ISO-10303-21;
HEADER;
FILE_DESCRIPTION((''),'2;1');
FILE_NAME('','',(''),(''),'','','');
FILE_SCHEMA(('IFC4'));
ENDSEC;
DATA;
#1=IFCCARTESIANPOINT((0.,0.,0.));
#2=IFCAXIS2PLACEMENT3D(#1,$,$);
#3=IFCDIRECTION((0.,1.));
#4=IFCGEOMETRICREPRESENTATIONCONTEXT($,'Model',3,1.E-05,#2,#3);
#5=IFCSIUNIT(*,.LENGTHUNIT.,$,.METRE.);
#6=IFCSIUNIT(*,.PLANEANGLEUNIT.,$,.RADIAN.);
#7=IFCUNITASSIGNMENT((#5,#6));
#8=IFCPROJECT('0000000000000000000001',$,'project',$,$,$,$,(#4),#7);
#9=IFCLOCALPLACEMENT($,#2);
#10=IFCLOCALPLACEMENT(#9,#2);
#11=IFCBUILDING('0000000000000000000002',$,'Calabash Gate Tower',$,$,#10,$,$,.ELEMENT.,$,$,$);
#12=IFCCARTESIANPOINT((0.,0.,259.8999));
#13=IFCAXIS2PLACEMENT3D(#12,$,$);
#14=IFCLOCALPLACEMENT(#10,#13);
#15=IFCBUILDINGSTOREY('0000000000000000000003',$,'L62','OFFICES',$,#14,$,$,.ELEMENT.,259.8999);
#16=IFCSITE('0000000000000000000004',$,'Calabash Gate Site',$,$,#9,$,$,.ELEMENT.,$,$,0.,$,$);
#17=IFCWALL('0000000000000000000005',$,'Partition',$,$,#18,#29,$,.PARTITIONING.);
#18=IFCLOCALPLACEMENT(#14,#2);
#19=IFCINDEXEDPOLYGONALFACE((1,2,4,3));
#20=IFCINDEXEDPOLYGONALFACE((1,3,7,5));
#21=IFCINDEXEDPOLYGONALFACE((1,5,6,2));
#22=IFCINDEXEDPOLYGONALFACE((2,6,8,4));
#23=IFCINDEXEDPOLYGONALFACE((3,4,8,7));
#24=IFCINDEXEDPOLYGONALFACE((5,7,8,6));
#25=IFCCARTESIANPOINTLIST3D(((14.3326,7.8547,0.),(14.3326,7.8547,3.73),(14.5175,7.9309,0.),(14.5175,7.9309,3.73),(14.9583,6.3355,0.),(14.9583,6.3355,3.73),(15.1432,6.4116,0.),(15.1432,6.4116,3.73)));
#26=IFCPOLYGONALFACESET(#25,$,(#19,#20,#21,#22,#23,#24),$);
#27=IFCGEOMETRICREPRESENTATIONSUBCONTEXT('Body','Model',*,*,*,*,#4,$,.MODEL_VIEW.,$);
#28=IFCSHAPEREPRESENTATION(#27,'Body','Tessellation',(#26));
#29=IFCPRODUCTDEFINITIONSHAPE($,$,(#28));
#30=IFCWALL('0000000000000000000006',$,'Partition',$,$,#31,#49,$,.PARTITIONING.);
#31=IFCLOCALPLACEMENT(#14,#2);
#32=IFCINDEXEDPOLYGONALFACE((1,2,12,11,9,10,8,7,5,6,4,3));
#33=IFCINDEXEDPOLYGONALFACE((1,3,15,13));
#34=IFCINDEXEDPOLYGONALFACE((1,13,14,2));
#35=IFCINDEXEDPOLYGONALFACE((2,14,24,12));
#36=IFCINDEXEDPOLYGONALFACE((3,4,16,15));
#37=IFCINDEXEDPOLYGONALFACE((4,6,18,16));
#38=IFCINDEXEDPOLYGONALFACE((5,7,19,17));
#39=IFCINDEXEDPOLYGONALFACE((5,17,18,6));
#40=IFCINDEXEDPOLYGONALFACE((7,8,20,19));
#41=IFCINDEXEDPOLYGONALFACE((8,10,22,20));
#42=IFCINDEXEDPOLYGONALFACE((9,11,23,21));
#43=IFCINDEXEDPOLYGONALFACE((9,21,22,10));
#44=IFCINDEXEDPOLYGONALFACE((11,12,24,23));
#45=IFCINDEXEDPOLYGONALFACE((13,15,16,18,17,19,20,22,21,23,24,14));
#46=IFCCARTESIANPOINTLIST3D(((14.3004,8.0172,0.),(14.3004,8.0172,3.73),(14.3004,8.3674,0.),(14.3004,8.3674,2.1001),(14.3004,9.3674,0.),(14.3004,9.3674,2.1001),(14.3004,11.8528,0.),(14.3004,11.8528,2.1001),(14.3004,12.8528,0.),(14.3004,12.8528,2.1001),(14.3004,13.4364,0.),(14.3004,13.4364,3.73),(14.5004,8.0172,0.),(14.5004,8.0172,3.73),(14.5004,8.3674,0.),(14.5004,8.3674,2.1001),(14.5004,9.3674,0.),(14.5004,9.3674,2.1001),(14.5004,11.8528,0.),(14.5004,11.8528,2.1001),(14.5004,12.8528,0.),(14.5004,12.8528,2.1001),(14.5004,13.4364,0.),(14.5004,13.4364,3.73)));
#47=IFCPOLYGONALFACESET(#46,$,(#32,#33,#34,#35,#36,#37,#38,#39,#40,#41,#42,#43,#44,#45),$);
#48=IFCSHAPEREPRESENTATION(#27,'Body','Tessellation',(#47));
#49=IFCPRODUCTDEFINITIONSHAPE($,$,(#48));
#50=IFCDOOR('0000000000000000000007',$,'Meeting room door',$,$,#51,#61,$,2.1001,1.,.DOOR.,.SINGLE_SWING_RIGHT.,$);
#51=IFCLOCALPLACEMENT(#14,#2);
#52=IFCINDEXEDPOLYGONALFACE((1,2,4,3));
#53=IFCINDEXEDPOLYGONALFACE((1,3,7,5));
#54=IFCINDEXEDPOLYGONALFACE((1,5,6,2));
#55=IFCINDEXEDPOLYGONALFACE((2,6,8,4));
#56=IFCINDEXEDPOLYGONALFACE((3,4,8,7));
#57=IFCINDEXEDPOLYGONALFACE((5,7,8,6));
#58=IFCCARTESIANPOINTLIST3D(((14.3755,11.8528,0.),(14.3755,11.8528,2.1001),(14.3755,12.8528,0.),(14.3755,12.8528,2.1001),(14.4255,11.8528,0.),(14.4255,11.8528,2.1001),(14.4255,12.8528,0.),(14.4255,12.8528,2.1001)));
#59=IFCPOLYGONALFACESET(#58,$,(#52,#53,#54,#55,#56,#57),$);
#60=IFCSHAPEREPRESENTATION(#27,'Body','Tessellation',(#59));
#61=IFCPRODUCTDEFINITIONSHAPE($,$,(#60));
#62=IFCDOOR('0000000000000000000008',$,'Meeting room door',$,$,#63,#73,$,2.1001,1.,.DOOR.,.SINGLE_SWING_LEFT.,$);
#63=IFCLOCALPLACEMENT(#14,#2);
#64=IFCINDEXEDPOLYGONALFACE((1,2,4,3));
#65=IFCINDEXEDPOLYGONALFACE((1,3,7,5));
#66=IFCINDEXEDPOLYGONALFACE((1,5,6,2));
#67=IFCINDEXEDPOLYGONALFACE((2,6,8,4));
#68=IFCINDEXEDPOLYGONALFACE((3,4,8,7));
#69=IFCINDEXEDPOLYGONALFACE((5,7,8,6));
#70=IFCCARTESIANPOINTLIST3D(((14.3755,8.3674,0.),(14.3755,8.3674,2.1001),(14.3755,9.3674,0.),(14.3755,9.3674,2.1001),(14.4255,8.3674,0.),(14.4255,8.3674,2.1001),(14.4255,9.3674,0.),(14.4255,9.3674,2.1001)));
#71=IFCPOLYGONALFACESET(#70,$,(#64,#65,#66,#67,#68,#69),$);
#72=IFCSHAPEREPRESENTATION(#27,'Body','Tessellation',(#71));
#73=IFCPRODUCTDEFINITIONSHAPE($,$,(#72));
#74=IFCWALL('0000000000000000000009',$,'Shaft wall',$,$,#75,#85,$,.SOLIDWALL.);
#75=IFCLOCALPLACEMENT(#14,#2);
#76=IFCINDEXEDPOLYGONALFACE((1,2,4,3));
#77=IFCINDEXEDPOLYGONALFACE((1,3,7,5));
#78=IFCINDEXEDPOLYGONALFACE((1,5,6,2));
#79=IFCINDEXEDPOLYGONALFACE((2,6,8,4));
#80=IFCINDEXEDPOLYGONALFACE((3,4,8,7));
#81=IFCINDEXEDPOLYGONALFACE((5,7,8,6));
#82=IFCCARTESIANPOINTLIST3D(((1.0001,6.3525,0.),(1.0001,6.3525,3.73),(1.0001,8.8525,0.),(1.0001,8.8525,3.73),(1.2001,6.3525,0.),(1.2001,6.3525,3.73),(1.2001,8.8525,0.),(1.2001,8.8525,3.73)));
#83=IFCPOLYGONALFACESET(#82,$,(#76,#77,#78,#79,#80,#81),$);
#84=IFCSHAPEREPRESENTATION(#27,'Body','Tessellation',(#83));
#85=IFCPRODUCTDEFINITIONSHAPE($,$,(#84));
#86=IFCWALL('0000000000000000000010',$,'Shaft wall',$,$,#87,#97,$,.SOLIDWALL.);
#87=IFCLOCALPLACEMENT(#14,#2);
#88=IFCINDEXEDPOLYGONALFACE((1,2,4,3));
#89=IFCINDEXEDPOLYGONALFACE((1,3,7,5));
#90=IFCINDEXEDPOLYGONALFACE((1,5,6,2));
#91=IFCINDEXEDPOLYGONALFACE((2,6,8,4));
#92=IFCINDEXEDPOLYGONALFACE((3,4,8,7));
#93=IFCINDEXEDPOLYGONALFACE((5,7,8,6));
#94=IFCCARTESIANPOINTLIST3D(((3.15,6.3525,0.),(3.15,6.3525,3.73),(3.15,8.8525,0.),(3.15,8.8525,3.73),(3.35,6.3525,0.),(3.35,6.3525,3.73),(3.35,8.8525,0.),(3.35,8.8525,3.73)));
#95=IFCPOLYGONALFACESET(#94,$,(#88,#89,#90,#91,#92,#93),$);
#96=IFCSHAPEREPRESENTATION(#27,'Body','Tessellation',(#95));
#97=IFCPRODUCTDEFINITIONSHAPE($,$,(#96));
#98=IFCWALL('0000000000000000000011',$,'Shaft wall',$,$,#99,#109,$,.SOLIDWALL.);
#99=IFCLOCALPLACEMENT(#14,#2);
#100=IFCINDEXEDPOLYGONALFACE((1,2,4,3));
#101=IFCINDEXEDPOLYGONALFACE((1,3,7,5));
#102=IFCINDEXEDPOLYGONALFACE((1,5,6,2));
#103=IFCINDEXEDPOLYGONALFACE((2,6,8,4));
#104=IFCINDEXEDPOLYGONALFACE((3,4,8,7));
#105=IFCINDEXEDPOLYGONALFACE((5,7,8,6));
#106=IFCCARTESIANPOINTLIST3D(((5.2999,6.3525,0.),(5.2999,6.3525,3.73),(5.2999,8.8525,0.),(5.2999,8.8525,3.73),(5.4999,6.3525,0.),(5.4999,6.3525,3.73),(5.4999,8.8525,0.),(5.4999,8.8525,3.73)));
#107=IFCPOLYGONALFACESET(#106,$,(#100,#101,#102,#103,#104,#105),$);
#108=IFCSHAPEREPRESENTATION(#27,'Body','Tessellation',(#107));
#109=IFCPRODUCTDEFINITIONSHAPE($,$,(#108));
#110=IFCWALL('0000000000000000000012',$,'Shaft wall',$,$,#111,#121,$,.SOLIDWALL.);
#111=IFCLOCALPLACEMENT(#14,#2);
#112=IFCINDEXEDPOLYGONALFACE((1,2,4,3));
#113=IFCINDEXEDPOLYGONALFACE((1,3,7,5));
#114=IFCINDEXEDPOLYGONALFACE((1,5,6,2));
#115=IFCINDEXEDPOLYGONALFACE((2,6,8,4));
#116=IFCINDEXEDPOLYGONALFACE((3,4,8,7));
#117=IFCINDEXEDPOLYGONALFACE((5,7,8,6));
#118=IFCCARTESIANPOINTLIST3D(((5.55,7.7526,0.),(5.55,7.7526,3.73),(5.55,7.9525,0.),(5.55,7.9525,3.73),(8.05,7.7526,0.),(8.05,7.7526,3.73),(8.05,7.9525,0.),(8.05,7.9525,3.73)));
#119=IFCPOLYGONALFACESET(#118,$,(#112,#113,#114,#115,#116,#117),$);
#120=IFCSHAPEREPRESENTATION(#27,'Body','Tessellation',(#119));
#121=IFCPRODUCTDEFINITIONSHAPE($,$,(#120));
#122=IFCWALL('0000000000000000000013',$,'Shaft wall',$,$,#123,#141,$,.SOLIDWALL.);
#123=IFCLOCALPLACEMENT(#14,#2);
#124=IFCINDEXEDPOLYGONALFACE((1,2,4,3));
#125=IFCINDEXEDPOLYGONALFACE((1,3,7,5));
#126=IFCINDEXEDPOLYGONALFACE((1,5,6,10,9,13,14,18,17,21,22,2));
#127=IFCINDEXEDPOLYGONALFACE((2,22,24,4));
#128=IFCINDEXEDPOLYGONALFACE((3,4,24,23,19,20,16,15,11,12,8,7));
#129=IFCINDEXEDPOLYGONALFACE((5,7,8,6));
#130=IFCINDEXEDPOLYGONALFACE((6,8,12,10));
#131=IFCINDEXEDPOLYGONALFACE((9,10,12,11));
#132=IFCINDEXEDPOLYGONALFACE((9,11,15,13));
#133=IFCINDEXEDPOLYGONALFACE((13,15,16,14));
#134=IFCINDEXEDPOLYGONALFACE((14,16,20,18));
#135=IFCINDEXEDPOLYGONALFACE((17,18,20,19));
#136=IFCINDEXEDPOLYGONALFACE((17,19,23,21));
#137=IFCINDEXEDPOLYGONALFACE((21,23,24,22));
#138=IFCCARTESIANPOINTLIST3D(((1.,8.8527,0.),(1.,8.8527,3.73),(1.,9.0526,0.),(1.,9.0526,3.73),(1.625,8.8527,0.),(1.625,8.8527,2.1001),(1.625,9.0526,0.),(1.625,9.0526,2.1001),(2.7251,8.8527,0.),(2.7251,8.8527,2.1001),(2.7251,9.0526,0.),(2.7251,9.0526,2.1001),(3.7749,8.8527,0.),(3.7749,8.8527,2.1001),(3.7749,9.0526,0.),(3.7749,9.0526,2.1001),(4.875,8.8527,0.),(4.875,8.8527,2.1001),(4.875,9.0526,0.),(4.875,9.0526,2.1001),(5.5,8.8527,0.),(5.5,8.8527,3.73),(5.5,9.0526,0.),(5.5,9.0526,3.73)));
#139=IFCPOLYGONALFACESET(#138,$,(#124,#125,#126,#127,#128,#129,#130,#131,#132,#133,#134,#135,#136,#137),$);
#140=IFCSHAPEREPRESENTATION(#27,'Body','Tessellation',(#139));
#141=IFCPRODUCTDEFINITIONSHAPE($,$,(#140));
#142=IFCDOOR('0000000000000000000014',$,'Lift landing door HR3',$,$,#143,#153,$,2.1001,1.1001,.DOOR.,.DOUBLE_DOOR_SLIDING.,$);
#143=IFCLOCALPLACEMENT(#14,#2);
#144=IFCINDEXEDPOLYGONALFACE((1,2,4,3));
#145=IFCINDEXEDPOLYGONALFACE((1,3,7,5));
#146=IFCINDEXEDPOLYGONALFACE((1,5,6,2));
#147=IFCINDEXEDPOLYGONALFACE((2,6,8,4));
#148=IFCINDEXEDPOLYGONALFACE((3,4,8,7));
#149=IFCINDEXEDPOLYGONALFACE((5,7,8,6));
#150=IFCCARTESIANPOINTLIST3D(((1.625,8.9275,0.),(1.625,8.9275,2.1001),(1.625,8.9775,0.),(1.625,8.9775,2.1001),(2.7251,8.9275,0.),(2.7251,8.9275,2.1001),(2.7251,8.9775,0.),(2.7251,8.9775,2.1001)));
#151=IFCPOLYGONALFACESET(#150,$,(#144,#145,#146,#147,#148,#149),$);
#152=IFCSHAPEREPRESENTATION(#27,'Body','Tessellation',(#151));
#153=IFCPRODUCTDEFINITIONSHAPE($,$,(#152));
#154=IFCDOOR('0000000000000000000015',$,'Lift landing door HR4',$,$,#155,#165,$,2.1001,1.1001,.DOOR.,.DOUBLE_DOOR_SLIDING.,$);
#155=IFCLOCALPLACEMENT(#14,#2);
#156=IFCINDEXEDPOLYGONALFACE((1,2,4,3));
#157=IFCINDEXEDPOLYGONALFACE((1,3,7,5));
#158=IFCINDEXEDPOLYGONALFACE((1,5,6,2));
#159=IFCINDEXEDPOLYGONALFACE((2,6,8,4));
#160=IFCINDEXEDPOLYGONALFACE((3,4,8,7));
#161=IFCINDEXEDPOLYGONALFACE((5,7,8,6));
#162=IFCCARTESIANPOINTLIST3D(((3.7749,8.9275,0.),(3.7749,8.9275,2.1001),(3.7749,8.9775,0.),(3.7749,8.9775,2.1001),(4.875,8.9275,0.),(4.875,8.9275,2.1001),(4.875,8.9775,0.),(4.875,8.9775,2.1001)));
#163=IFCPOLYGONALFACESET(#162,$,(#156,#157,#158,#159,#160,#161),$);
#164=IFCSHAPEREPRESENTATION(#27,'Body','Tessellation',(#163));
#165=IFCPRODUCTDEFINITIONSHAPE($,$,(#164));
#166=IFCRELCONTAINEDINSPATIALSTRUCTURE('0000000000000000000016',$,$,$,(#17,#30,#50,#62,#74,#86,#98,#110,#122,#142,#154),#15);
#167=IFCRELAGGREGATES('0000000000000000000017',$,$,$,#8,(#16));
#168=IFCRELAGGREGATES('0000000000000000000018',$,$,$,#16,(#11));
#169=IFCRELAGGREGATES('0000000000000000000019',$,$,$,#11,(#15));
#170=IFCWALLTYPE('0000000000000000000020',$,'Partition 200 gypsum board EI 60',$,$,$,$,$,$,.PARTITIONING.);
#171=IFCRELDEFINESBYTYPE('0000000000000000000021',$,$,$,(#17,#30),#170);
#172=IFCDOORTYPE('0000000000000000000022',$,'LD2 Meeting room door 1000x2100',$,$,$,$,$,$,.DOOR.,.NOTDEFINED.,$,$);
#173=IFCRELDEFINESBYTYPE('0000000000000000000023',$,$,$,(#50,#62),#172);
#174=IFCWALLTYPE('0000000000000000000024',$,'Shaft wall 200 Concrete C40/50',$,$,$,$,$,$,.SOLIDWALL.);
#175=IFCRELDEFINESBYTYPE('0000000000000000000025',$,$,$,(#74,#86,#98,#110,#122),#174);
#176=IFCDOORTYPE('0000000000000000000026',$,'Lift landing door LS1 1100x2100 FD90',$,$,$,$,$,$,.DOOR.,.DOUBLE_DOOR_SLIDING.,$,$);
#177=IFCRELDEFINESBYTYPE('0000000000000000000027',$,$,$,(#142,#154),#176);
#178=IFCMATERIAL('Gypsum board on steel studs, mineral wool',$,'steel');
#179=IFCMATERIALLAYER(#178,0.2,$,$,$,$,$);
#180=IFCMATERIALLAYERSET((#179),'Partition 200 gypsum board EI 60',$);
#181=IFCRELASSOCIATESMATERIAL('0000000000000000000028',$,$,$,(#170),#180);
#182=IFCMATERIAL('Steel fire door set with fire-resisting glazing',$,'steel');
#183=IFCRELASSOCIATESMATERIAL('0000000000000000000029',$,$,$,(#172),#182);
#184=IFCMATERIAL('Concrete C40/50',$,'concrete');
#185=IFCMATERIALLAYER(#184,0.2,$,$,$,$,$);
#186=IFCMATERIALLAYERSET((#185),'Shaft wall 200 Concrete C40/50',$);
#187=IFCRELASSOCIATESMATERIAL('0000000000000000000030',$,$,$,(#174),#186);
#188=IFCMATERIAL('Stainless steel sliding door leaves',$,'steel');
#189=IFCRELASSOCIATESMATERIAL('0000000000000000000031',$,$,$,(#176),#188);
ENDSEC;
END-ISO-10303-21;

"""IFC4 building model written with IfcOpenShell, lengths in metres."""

from ifc_helpers import new_model, si_unit, direction, frame, frame_2d, origin, place, context, subcontext, project, spatial, rectangle, extrude, material, layer, layer_set, type_object, element, fill, save


model = new_model("IFC4")

# Units and contexts
model_context = context("Model", 3, precision=1e-05, world=origin(), true_north=direction((0.0, 1.0)))
body_context = subcontext(model_context, "Body", "Model", "MODEL_VIEW")
ifc_project = project(units=[si_unit("LENGTHUNIT", "METRE"), si_unit("PLANEANGLEUNIT", "RADIAN")], contexts=[model_context])

# Site, building, storey
site_placement = place(None, origin())
site = spatial("IfcSite", under=ifc_project, at=site_placement, Name="Calabash Gate Site", CompositionType="ELEMENT", RefElevation=0.0)
building_placement = place(site_placement, origin())
building = spatial("IfcBuilding", under=site, at=building_placement, Name="Calabash Gate Tower", CompositionType="ELEMENT")
storey_placement = place(building_placement, frame((0.0, 0.0, 259.8999)))
storey = spatial("IfcBuildingStorey", under=building, at=storey_placement, Name="L62", Description="OFFICES", CompositionType="ELEMENT", Elevation=259.8999)

# Wall
ifc_material_1 = material(Name="Gypsum board on steel studs, mineral wool", Category="steel")
ifc_layer_1 = layer(ifc_material_1, 0.2)
ifc_layer_set_1 = layer_set([ifc_layer_1], Name="Partition 200 gypsum board EI 60")
wall_type_1 = type_object("IfcWallType", Name="Partition 200 gypsum board EI 60", PredefinedType="PARTITIONING", material=ifc_layer_set_1)
wall_1_placement = place(storey_placement, frame((14.425, 7.8928, 0.0), z_axis=(0.0, 0.0, 1.0), x_axis=(0.380825, -0.924647, 0.0)))
element("IfcWall", 1, at=wall_1_placement, inside=storey, type_object=wall_type_1, Name="Partition", PredefinedType="PARTITIONING", context=body_context, shape_type="SweptSolid", body=[
    extrude(rectangle(XDim=1.6431, YDim=0.2, at=frame_2d((0.8215, 0.0))), origin(), (0.0, 0.0, 1.0), 3.73),
])

# Wall, openings, doors
wall_2_placement = place(storey_placement, frame((14.4004, 8.0173, 0.0), z_axis=(0.0, 0.0, 1.0), x_axis=(0.0, 1.0, 0.0)))
wall_2 = element("IfcWall", 2, at=wall_2_placement, inside=storey, type_object=wall_type_1, Name="Partition", PredefinedType="PARTITIONING", context=body_context, shape_type="SweptSolid", body=[
    extrude(rectangle(XDim=5.4192, YDim=0.2, at=frame_2d((2.7095, 0.0))), origin(), (0.0, 0.0, 1.0), 3.73),
])
opening_1_placement = place(wall_2_placement, frame((3.8354, 0.0, 0.0)))
opening_1 = element("IfcOpeningElement", 3, at=opening_1_placement, cuts=wall_2, PredefinedType="OPENING", context=body_context, shape_type="SweptSolid", body=[
    extrude(rectangle(XDim=1.0, YDim=2.1001, at=frame_2d((0.5, 1.05))), frame((0.0, 0.1099, 0.0), z_axis=(0.0, -1.0, 0.0), x_axis=(1.0, 0.0, 0.0)), (0.0, 0.0, 1.0), 0.22),
])
opening_2_placement = place(wall_2_placement, frame((0.3501, 0.0, 0.0)))
opening_2 = element("IfcOpeningElement", 4, at=opening_2_placement, cuts=wall_2, PredefinedType="OPENING", context=body_context, shape_type="SweptSolid", body=[
    extrude(rectangle(XDim=1.0, YDim=2.1001, at=frame_2d((0.5, 1.05))), frame((0.0, 0.1099, 0.0), z_axis=(0.0, -1.0, 0.0), x_axis=(1.0, 0.0, 0.0)), (0.0, 0.0, 1.0), 0.22),
])
ifc_material_2 = material(Name="Steel fire door set with fire-resisting glazing", Category="steel")
door_type_1 = type_object("IfcDoorType", Name="LD2 Meeting room door 1000x2100", OperationType="NOTDEFINED", PredefinedType="DOOR", material=ifc_material_2)
door_1_placement = place(opening_1_placement, origin())
door_1 = element("IfcDoor", 5, at=door_1_placement, inside=storey, type_object=door_type_1, Name="Meeting room door", OperationType="SINGLE_SWING_RIGHT", OverallHeight=2.1001, OverallWidth=1.0, PredefinedType="DOOR", context=body_context, shape_type="SweptSolid", body=[
    extrude(rectangle(XDim=1.0, YDim=2.1001, at=frame_2d((0.5, 1.05))), frame((0.0, 0.0249, 0.0), z_axis=(0.0, -1.0, 0.0), x_axis=(1.0, 0.0, 0.0)), (0.0, 0.0, 1.0), 0.05),
])
fill(opening_1, door_1)
door_2_placement = place(opening_2_placement, origin())
door_2 = element("IfcDoor", 6, at=door_2_placement, inside=storey, type_object=door_type_1, Name="Meeting room door", OperationType="SINGLE_SWING_LEFT", OverallHeight=2.1001, OverallWidth=1.0, PredefinedType="DOOR", context=body_context, shape_type="SweptSolid", body=[
    extrude(rectangle(XDim=1.0, YDim=2.1001, at=frame_2d((0.5, 1.05))), frame((0.0, 0.0249, 0.0), z_axis=(0.0, -1.0, 0.0), x_axis=(1.0, 0.0, 0.0)), (0.0, 0.0, 1.0), 0.05),
])
fill(opening_2, door_2)

# Walls
ifc_material_3 = material(Name="Concrete C40/50", Category="concrete")
ifc_layer_2 = layer(ifc_material_3, 0.2)
ifc_layer_set_2 = layer_set([ifc_layer_2], Name="Shaft wall 200 Concrete C40/50")
wall_type_2 = type_object("IfcWallType", Name="Shaft wall 200 Concrete C40/50", PredefinedType="SOLIDWALL", material=ifc_layer_set_2)
for number, where, z_axis, x_axis, name in (
    (7, (1.1001, 6.3525, 0.0), (0.0, 0.0, 1.0), (0.0, 1.0, 0.0), "Shaft wall"),
    (8, (3.25, 6.3525, 0.0), (0.0, 0.0, 1.0), (0.0, 1.0, 0.0), "Shaft wall"),
    (9, (5.3999, 6.3525, 0.0), (0.0, 0.0, 1.0), (0.0, 1.0, 0.0), "Shaft wall"),
    (10, (5.55, 7.8525, 0.0), (0.0, 0.0, 1.0), (1.0, 0.0, 0.0), "Shaft wall"),
):
    element("IfcWall", number, at=place(storey_placement, frame(where, z_axis=z_axis, x_axis=x_axis)), inside=storey, type_object=wall_type_2, Name=name, PredefinedType="SOLIDWALL", context=body_context, shape_type="SweptSolid", body=[
        extrude(rectangle(XDim=2.5, YDim=0.2, at=frame_2d((1.25, 0.0))), origin(), (0.0, 0.0, 1.0), 3.73),
    ])

# Wall, openings, doors
wall_3_placement = place(storey_placement, frame((1.0, 8.9526, 0.0), z_axis=(0.0, 0.0, 1.0), x_axis=(1.0, 0.0, 0.0)))
wall_3 = element("IfcWall", 11, at=wall_3_placement, inside=storey, type_object=wall_type_2, Name="Shaft wall", PredefinedType="SOLIDWALL", context=body_context, shape_type="SweptSolid", body=[
    extrude(rectangle(XDim=4.5, YDim=0.2, at=frame_2d((2.25, 0.0))), origin(), (0.0, 0.0, 1.0), 3.73),
])
opening_3_placement = place(wall_3_placement, frame((0.625, 0.0, 0.0)))
opening_3 = element("IfcOpeningElement", 12, at=opening_3_placement, cuts=wall_3, PredefinedType="OPENING", context=body_context, shape_type="SweptSolid", body=[
    extrude(rectangle(XDim=1.1001, YDim=2.1001, at=frame_2d((0.55, 1.05))), frame((0.0, 0.1099, 0.0), z_axis=(0.0, -1.0, 0.0), x_axis=(1.0, 0.0, 0.0)), (0.0, 0.0, 1.0), 0.22),
])
opening_4_placement = place(wall_3_placement, frame((2.7749, 0.0, 0.0)))
opening_4 = element("IfcOpeningElement", 13, at=opening_4_placement, cuts=wall_3, PredefinedType="OPENING", context=body_context, shape_type="SweptSolid", body=[
    extrude(rectangle(XDim=1.1001, YDim=2.1001, at=frame_2d((0.55, 1.05))), frame((0.0, 0.1099, 0.0), z_axis=(0.0, -1.0, 0.0), x_axis=(1.0, 0.0, 0.0)), (0.0, 0.0, 1.0), 0.22),
])
ifc_material_4 = material(Name="Stainless steel sliding door leaves", Category="steel")
door_type_2 = type_object("IfcDoorType", Name="Lift landing door LS1 1100x2100 FD90", OperationType="DOUBLE_DOOR_SLIDING", PredefinedType="DOOR", material=ifc_material_4)
door_3_placement = place(opening_3_placement, origin())
door_3 = element("IfcDoor", 14, at=door_3_placement, inside=storey, type_object=door_type_2, Name="Lift landing door HR3", OperationType="DOUBLE_DOOR_SLIDING", OverallHeight=2.1001, OverallWidth=1.1001, PredefinedType="DOOR", context=body_context, shape_type="SweptSolid", body=[
    extrude(rectangle(XDim=1.1001, YDim=2.1001, at=frame_2d((0.55, 1.05))), frame((0.0, 0.0249, 0.0), z_axis=(0.0, -1.0, 0.0), x_axis=(1.0, 0.0, 0.0)), (0.0, 0.0, 1.0), 0.05),
])
fill(opening_3, door_3)
door_4_placement = place(opening_4_placement, origin())
door_4 = element("IfcDoor", 15, at=door_4_placement, inside=storey, type_object=door_type_2, Name="Lift landing door HR4", OperationType="DOUBLE_DOOR_SLIDING", OverallHeight=2.1001, OverallWidth=1.1001, PredefinedType="DOOR", context=body_context, shape_type="SweptSolid", body=[
    extrude(rectangle(XDim=1.1001, YDim=2.1001, at=frame_2d((0.55, 1.05))), frame((0.0, 0.0249, 0.0), z_axis=(0.0, -1.0, 0.0), x_axis=(1.0, 0.0, 0.0)), (0.0, 0.0, 1.0), 0.05),
])
fill(opening_4, door_4)

save(model, "model.ifc")
